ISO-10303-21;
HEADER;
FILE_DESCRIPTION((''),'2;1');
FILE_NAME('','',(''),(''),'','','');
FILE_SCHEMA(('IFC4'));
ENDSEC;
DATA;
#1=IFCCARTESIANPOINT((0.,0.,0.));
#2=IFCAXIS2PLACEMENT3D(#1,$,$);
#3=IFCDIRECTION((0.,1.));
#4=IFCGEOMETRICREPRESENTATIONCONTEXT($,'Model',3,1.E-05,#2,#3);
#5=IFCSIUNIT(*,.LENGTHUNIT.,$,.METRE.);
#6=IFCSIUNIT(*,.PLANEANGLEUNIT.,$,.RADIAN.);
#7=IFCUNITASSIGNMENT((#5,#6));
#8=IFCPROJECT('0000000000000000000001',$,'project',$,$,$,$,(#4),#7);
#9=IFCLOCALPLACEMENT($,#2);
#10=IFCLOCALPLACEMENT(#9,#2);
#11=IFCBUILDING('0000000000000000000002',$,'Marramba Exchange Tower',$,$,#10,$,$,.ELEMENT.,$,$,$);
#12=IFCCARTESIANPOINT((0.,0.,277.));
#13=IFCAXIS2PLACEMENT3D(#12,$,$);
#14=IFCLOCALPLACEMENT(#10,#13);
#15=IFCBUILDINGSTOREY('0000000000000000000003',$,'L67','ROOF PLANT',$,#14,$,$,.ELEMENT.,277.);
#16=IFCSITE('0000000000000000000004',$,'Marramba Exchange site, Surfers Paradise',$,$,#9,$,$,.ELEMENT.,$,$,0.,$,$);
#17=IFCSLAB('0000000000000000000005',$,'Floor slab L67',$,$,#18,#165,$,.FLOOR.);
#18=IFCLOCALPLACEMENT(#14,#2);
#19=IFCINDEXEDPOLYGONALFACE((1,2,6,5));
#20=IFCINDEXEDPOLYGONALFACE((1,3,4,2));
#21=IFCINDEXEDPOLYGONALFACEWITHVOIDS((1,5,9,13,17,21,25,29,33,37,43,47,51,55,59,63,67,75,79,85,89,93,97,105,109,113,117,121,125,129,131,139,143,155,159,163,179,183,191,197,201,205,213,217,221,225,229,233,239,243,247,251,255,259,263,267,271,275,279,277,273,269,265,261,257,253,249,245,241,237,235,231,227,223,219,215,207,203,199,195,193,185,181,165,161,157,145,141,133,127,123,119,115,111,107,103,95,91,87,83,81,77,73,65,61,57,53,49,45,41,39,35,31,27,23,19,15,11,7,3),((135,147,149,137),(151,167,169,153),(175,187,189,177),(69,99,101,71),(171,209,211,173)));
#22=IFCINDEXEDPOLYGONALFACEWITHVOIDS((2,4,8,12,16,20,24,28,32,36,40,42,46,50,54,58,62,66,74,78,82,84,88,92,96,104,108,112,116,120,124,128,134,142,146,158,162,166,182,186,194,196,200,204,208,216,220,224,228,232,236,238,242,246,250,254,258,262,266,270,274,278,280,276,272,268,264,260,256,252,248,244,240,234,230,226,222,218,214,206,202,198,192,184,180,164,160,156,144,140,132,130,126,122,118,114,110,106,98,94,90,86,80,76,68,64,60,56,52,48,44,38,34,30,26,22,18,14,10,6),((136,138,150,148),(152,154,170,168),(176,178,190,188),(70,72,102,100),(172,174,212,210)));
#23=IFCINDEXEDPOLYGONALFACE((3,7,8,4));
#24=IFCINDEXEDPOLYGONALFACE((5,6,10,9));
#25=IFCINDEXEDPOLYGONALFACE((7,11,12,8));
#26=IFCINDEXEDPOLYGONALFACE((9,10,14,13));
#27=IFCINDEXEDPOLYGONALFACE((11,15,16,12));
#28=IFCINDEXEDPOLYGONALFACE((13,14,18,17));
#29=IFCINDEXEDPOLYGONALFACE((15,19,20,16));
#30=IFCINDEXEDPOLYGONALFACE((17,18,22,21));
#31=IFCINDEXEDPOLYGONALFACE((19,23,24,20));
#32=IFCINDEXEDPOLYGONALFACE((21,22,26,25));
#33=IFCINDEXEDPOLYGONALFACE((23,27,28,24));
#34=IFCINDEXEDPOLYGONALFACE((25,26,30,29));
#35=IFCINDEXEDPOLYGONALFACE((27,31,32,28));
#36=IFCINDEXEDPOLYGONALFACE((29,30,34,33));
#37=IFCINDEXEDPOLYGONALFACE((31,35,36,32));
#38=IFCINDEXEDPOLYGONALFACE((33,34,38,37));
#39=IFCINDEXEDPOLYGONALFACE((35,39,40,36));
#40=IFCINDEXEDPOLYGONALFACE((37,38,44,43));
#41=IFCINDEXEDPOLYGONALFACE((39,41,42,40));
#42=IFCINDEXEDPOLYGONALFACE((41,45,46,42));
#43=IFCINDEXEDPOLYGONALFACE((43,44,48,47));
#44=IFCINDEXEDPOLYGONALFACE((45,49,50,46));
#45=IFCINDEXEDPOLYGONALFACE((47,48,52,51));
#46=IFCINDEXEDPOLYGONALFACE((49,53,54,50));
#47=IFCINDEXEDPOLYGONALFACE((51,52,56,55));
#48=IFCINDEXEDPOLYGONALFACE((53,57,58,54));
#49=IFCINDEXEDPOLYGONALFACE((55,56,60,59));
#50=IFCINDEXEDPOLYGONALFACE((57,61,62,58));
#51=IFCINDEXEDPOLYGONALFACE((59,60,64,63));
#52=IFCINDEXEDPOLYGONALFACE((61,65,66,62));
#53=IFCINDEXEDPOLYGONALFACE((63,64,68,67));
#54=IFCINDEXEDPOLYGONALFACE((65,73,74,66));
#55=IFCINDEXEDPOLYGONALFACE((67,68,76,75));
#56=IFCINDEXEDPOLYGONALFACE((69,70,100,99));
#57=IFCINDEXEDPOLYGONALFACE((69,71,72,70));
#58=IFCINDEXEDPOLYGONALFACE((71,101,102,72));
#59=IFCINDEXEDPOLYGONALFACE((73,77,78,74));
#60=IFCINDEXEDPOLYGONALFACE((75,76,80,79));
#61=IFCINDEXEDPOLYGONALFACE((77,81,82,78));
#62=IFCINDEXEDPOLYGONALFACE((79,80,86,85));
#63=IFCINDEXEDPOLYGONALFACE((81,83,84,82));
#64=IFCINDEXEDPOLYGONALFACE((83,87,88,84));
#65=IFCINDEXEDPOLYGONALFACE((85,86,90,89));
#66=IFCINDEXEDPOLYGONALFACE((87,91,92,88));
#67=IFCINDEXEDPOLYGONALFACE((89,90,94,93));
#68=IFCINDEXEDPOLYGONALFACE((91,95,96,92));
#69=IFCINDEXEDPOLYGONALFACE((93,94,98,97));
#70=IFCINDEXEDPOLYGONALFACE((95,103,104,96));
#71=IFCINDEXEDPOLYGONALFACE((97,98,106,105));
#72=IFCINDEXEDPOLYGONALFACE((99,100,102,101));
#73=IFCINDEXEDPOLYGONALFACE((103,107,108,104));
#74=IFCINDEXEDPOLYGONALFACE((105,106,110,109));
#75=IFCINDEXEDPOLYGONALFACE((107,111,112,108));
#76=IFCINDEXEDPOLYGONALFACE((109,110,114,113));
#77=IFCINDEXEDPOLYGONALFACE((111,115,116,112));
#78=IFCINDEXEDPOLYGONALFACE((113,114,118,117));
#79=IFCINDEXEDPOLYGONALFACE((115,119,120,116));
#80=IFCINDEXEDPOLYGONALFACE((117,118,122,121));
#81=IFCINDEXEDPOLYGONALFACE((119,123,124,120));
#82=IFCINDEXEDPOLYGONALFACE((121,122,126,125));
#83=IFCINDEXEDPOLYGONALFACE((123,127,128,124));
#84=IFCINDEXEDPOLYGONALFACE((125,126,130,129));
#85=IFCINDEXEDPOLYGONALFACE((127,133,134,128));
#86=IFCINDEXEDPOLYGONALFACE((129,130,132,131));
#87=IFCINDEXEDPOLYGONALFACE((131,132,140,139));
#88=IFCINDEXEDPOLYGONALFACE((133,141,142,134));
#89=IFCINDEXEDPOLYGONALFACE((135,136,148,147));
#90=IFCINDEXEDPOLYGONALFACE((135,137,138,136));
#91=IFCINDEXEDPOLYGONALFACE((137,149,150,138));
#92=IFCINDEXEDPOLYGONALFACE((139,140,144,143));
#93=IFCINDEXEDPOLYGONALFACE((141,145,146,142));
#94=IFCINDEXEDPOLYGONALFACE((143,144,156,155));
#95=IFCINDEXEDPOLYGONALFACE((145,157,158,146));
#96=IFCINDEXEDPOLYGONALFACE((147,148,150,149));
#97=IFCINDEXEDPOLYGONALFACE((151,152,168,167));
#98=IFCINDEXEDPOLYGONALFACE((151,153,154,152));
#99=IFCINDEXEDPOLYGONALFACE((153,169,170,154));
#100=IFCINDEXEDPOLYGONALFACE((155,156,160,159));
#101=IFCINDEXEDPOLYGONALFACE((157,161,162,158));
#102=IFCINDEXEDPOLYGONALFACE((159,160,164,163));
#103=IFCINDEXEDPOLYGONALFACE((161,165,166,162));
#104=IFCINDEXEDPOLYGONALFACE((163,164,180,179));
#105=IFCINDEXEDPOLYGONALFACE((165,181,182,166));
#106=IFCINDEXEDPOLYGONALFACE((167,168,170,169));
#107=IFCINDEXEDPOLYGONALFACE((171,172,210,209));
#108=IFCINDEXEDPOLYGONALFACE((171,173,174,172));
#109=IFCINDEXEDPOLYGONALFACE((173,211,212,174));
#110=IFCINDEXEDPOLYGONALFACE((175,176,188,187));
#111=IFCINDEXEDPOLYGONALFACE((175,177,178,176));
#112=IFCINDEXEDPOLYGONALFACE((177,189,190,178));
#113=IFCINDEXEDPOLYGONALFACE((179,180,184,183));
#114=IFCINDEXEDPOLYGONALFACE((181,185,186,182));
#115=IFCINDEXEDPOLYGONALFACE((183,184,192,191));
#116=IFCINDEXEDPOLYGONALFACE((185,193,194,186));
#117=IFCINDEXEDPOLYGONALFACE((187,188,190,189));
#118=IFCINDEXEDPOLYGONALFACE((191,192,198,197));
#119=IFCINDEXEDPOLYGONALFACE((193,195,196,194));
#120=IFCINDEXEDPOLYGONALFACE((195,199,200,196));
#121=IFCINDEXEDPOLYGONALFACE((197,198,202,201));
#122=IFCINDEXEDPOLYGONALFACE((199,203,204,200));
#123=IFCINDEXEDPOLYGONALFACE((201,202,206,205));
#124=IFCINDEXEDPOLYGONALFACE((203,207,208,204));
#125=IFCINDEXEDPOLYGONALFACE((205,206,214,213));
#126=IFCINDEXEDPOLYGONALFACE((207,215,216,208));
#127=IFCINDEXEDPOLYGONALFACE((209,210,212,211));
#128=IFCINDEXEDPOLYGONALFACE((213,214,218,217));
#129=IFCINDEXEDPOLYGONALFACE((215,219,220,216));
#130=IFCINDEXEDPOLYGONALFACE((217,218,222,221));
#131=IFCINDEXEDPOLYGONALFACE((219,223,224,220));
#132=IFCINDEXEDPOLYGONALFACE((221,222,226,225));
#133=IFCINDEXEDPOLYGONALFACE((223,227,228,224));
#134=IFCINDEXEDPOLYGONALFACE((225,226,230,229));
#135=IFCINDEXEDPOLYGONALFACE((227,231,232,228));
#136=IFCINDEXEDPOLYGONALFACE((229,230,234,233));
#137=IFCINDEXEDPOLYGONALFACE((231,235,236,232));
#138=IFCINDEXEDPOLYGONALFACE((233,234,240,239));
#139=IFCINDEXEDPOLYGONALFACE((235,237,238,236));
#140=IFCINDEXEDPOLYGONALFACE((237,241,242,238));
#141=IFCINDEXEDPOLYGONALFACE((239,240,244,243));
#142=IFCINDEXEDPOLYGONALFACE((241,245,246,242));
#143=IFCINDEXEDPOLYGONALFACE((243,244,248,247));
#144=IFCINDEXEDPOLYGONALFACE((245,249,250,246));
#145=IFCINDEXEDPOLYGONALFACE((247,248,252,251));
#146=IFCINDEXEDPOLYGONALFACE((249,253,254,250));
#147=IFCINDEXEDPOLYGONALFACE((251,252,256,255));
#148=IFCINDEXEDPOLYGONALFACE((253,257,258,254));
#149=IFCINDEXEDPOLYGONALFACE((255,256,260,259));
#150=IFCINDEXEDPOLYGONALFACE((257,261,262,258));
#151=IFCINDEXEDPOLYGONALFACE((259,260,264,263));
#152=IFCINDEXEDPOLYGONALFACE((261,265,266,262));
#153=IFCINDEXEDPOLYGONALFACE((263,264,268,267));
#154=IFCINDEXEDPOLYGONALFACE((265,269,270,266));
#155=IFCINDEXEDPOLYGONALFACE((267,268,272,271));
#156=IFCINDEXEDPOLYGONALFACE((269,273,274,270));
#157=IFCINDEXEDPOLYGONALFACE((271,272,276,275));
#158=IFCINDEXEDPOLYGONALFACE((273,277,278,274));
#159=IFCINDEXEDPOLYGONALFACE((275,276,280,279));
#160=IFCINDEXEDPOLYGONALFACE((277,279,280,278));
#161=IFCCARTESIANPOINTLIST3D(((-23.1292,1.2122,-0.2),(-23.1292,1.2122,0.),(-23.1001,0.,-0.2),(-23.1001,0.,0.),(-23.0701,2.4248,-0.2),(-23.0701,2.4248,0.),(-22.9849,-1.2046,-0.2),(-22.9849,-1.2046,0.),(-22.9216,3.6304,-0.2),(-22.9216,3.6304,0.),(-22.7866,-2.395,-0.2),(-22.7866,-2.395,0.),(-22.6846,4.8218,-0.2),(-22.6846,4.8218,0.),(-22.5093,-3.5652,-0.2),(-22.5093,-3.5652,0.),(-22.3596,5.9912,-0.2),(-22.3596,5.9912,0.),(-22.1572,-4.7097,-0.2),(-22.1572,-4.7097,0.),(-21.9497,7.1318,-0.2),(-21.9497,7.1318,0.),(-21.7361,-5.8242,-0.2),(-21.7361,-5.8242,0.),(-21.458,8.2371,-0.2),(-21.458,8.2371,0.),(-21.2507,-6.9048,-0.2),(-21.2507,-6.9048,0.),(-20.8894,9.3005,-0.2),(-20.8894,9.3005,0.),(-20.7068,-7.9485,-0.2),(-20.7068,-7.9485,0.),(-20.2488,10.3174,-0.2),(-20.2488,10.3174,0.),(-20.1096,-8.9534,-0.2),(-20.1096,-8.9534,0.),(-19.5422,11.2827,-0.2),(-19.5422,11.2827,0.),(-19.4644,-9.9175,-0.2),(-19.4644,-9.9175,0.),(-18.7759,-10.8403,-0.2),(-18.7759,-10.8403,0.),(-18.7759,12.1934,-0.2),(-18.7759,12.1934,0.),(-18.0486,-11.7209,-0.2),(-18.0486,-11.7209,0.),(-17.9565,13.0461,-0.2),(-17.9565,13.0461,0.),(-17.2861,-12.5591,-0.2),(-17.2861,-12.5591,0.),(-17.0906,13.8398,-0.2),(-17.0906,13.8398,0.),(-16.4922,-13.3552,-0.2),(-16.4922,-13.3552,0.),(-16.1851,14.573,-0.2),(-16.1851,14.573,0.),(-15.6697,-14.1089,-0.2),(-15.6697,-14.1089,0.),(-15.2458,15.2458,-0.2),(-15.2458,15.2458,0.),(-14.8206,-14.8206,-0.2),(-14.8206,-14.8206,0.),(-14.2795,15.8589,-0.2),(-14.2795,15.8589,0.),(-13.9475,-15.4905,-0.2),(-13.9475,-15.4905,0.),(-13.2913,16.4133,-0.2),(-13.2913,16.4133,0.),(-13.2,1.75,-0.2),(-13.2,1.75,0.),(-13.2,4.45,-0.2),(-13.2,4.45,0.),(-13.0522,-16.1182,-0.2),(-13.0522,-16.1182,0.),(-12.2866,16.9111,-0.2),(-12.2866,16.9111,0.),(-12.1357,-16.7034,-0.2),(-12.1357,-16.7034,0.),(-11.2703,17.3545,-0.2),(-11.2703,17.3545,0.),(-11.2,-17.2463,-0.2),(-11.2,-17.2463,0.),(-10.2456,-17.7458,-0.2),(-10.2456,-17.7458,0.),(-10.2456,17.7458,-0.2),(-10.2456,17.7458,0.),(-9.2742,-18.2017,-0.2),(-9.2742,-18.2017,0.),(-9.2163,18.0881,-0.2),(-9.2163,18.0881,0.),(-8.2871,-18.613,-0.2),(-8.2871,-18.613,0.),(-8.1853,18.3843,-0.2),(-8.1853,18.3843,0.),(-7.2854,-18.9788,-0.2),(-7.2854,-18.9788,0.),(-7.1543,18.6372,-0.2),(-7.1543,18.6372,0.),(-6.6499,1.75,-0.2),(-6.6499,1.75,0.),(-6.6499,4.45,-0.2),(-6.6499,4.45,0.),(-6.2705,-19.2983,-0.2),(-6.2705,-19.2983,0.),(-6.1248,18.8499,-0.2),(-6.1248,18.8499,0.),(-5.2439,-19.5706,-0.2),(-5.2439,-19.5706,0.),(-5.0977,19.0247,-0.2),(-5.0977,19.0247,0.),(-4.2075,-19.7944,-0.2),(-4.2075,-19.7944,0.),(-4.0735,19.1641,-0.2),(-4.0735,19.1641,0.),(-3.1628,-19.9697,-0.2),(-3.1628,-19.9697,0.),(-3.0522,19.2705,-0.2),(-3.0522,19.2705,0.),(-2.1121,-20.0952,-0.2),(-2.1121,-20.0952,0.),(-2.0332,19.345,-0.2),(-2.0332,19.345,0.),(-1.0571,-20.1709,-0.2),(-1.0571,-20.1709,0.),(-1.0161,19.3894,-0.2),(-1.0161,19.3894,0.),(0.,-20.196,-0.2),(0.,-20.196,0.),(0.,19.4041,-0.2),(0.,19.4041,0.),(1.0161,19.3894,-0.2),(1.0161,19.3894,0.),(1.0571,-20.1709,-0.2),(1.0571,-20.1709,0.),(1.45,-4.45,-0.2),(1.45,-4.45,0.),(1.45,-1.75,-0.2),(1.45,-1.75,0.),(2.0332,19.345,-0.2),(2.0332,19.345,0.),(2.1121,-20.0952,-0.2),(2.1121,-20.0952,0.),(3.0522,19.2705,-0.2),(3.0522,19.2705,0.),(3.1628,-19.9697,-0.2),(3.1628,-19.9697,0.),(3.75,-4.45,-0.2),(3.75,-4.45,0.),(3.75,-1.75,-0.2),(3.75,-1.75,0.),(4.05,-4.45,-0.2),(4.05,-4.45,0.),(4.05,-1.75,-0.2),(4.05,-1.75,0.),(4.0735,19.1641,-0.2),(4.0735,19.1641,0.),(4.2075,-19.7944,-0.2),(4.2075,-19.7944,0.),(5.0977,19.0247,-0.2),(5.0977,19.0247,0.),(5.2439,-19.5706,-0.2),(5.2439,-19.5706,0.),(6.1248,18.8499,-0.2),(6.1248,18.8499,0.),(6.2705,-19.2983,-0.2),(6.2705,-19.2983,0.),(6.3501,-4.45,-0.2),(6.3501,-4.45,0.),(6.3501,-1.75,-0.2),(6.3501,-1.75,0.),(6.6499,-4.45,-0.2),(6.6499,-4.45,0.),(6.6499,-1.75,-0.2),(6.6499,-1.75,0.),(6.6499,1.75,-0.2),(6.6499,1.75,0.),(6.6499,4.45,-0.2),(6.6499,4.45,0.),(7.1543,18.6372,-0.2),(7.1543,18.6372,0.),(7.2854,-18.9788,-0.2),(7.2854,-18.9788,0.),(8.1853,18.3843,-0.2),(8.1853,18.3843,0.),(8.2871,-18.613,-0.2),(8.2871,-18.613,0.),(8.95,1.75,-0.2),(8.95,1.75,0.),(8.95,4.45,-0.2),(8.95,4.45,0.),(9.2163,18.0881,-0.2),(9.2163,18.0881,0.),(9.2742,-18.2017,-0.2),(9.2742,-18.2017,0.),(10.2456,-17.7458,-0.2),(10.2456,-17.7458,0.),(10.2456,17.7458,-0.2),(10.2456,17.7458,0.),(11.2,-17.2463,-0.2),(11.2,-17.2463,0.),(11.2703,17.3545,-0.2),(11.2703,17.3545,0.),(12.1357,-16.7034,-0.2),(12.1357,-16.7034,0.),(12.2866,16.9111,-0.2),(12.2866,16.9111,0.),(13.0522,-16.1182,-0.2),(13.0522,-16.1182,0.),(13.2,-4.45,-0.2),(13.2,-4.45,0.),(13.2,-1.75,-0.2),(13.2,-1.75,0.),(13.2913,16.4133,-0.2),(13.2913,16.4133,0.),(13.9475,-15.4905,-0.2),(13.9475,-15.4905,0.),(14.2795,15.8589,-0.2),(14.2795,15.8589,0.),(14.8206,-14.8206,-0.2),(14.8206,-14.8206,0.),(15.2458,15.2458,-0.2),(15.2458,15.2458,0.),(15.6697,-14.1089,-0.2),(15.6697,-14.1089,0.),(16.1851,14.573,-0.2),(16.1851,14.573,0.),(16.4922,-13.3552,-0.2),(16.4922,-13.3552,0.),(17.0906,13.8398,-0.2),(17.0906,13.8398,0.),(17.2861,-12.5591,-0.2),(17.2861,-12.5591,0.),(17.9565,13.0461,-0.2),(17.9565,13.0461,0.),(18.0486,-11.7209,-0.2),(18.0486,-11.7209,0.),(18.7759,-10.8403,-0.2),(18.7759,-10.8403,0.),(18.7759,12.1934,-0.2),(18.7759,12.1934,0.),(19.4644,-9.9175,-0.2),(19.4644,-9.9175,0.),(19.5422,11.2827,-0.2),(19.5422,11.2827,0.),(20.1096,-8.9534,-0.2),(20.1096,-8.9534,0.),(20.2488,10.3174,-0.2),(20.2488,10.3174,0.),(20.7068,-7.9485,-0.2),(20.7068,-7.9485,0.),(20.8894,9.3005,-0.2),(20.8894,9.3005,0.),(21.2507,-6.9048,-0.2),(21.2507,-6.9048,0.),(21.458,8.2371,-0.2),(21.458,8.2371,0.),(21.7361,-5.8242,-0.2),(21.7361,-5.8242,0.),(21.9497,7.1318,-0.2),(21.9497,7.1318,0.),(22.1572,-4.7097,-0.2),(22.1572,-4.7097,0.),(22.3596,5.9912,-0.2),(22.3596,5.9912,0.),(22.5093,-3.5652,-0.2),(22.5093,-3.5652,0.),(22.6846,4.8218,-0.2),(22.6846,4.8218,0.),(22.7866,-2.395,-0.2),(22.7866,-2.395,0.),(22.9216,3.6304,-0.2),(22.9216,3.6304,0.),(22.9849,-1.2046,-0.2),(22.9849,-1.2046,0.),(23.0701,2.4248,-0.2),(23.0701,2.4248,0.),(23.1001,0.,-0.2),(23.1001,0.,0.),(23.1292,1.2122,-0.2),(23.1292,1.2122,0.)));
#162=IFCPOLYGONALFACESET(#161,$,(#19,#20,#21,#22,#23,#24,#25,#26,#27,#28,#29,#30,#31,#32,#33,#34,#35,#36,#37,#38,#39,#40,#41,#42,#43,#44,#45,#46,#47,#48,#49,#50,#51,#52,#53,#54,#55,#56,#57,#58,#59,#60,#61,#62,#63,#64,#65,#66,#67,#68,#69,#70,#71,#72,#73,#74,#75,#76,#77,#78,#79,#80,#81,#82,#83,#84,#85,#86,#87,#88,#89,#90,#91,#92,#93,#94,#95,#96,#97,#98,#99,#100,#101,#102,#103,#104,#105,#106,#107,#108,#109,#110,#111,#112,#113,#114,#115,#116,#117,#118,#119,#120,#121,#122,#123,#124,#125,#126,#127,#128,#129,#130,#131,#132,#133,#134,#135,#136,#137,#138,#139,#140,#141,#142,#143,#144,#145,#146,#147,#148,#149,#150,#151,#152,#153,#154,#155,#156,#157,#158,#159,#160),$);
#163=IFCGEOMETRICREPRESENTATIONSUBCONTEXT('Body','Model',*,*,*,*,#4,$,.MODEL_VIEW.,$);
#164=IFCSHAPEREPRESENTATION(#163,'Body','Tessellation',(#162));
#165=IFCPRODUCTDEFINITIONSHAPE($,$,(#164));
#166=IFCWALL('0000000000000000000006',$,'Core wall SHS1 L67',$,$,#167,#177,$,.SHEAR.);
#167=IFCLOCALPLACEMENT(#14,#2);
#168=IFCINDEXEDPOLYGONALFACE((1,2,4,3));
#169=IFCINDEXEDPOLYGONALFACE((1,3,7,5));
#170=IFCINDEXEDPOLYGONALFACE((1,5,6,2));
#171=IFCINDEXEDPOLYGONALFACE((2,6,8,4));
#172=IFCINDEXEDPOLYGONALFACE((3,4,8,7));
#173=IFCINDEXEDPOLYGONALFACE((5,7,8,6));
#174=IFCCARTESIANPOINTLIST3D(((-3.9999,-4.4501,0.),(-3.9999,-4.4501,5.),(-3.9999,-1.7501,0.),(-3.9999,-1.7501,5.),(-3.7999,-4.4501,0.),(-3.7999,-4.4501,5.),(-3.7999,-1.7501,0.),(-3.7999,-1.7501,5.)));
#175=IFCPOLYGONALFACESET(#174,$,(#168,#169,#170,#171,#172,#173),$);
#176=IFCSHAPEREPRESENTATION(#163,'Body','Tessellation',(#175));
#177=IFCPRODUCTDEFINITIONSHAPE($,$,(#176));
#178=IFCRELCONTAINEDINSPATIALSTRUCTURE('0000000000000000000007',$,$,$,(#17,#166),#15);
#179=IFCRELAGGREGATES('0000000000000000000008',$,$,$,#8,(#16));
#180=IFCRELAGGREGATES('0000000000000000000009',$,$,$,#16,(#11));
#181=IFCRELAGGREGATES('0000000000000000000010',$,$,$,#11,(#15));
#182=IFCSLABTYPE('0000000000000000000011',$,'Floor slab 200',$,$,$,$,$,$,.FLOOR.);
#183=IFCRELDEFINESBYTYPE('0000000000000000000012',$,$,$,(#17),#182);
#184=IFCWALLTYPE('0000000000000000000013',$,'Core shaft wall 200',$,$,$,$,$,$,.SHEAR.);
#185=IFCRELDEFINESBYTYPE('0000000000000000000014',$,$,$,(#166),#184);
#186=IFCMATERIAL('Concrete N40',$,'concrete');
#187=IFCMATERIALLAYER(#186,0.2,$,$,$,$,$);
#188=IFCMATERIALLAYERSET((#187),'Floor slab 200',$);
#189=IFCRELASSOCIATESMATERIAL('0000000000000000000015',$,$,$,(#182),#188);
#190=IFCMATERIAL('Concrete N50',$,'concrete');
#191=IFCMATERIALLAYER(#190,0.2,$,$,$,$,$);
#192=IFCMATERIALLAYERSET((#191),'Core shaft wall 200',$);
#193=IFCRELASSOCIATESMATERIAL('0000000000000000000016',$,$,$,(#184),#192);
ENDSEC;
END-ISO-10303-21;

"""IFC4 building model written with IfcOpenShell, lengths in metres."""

from ifc_helpers import new_model, si_unit, direction, frame, frame_2d, origin, place, context, subcontext, project, spatial, polyline, rectangle, outline, extrude, material, layer, layer_set, type_object, element, save


model = new_model("IFC4")

# Units and contexts
model_context = context("Model", 3, precision=1e-05, world=origin(), true_north=direction((0.0, 1.0)))
body_context = subcontext(model_context, "Body", "Model", "MODEL_VIEW")
ifc_project = project(units=[si_unit("LENGTHUNIT", "METRE"), si_unit("PLANEANGLEUNIT", "RADIAN")], contexts=[model_context])

# Site, building, storey
site_placement = place(None, origin())
site = spatial("IfcSite", under=ifc_project, at=site_placement, Name="Marramba Exchange site, Surfers Paradise", CompositionType="ELEMENT", RefElevation=0.0)
building_placement = place(site_placement, origin())
building = spatial("IfcBuilding", under=site, at=building_placement, Name="Marramba Exchange Tower", CompositionType="ELEMENT")
storey_placement = place(building_placement, frame((0.0, 0.0, 277.0)))
storey = spatial("IfcBuildingStorey", under=building, at=storey_placement, Name="L67", Description="ROOF PLANT", CompositionType="ELEMENT", Elevation=277.0)

# Slab
ifc_material_1 = material(Name="Concrete N40", Category="concrete")
ifc_layer_1 = layer(ifc_material_1, 0.2)
ifc_layer_set_1 = layer_set([ifc_layer_1], Name="Floor slab 200")
slab_type = type_object("IfcSlabType", Name="Floor slab 200", PredefinedType="FLOOR", material=ifc_layer_set_1)
slab_placement = place(storey_placement, frame((0.0, 0.0, -0.2)))
element("IfcSlab", 1, at=slab_placement, inside=storey, type_object=slab_type, Name="Floor slab L67", PredefinedType="FLOOR", context=body_context, shape_type="SweptSolid", body=[
    extrude(outline(polyline([(23.1001, 0.0), (23.1292, 1.2122), (23.0701, 2.4248), (22.9216, 3.6304), (22.6846, 4.8218), (22.3596, 5.9912), (21.9497, 7.1318), (21.458, 8.2371), (20.8894, 9.3005), (20.2488, 10.3174), (19.5422, 11.2827), (18.7759, 12.1934), (17.9565, 13.0461), (17.0906, 13.8398), (16.1851, 14.573), (15.2458, 15.2458), (14.2795, 15.8589), (13.2913, 16.4133), (12.2866, 16.9111), (11.2703, 17.3545), (10.2456, 17.7458), (9.2163, 18.0881), (8.1853, 18.3843), (7.1543, 18.6372), (6.1248, 18.8499), (5.0977, 19.0247), (4.0735, 19.1641), (3.0522, 19.2705), (2.0332, 19.345), (1.0161, 19.3894), (0.0, 19.4041), (-1.0161, 19.3894), (-2.0332, 19.345), (-3.0522, 19.2705), (-4.0735, 19.1641), (-5.0977, 19.0247), (-6.1248, 18.8499), (-7.1543, 18.6372), (-8.1853, 18.3843), (-9.2163, 18.0881), (-10.2456, 17.7458), (-11.2703, 17.3545), (-12.2866, 16.9111), (-13.2913, 16.4133), (-14.2795, 15.8589), (-15.2458, 15.2458), (-16.1851, 14.573), (-17.0906, 13.8398), (-17.9565, 13.0461), (-18.7759, 12.1934), (-19.5422, 11.2827), (-20.2488, 10.3174), (-20.8894, 9.3005), (-21.458, 8.2371), (-21.9497, 7.1318), (-22.3596, 5.9912), (-22.6846, 4.8218), (-22.9216, 3.6304), (-23.0701, 2.4248), (-23.1292, 1.2122), (-23.1001, 0.0), (-22.9849, -1.2046), (-22.7866, -2.395), (-22.5093, -3.5652), (-22.1572, -4.7097), (-21.7361, -5.8242), (-21.2507, -6.9048), (-20.7068, -7.9485), (-20.1096, -8.9534), (-19.4644, -9.9175), (-18.7759, -10.8403), (-18.0486, -11.7209), (-17.2861, -12.5591), (-16.4922, -13.3552), (-15.6697, -14.1089), (-14.8206, -14.8206), (-13.9475, -15.4905), (-13.0522, -16.1182), (-12.1357, -16.7034), (-11.2, -17.2463), (-10.2456, -17.7458), (-9.2742, -18.2017), (-8.2871, -18.613), (-7.2854, -18.9788), (-6.2705, -19.2983), (-5.2439, -19.5706), (-4.2075, -19.7944), (-3.1628, -19.9697), (-2.1121, -20.0952), (-1.0571, -20.1709), (0.0, -20.196), (1.0571, -20.1709), (2.1121, -20.0952), (3.1628, -19.9697), (4.2075, -19.7944), (5.2439, -19.5706), (6.2705, -19.2983), (7.2854, -18.9788), (8.2871, -18.613), (9.2742, -18.2017), (10.2456, -17.7458), (11.2, -17.2463), (12.1357, -16.7034), (13.0522, -16.1182), (13.9475, -15.4905), (14.8206, -14.8206), (15.6697, -14.1089), (16.4922, -13.3552), (17.2861, -12.5591), (18.0486, -11.7209), (18.7759, -10.8403), (19.4644, -9.9175), (20.1096, -8.9534), (20.7068, -7.9485), (21.2507, -6.9048), (21.7361, -5.8242), (22.1572, -4.7097), (22.5093, -3.5652), (22.7866, -2.395), (22.9849, -1.2046), (23.1001, 0.0)]), holes=[polyline([(1.45, -4.45), (3.75, -4.45), (3.75, -1.75), (1.45, -1.75), (1.45, -4.45)]), polyline([(4.05, -4.45), (6.3501, -4.45), (6.3501, -1.75), (4.05, -1.75), (4.05, -4.45)]), polyline([(6.6499, 1.75), (8.95, 1.75), (8.95, 4.45), (6.6499, 4.45), (6.6499, 1.75)]), polyline([(-13.2, 1.75), (-6.6499, 1.75), (-6.6499, 4.45), (-13.2, 4.45), (-13.2, 1.75)]), polyline([(6.6499, -4.45), (13.2, -4.45), (13.2, -1.75), (6.6499, -1.75), (6.6499, -4.45)])]), origin(), (0.0, 0.0, 1.0), 0.2),
])

# Wall
ifc_material_2 = material(Name="Concrete N50", Category="concrete")
ifc_layer_2 = layer(ifc_material_2, 0.2)
ifc_layer_set_2 = layer_set([ifc_layer_2], Name="Core shaft wall 200")
wall_type_1 = type_object("IfcWallType", Name="Core shaft wall 200", PredefinedType="SHEAR", material=ifc_layer_set_2)
for number, where, z_axis, x_axis, name in (
    (2, (-3.8999, -1.75, 0.0), (0.0, 0.0, 1.0), (0.0, -1.0, 0.0), "Core wall SHS1 L67"),
):
    element("IfcWall", number, at=place(storey_placement, frame(where, z_axis=z_axis, x_axis=x_axis)), inside=storey, type_object=wall_type_1, Name=name, PredefinedType="SHEAR", context=body_context, shape_type="SweptSolid", body=[
        extrude(rectangle(XDim=2.7, YDim=0.2, at=frame_2d((1.3501, 0.0))), origin(), (0.0, 0.0, 1.0), 5.0),
    ])

save(model, "model.ifc")
